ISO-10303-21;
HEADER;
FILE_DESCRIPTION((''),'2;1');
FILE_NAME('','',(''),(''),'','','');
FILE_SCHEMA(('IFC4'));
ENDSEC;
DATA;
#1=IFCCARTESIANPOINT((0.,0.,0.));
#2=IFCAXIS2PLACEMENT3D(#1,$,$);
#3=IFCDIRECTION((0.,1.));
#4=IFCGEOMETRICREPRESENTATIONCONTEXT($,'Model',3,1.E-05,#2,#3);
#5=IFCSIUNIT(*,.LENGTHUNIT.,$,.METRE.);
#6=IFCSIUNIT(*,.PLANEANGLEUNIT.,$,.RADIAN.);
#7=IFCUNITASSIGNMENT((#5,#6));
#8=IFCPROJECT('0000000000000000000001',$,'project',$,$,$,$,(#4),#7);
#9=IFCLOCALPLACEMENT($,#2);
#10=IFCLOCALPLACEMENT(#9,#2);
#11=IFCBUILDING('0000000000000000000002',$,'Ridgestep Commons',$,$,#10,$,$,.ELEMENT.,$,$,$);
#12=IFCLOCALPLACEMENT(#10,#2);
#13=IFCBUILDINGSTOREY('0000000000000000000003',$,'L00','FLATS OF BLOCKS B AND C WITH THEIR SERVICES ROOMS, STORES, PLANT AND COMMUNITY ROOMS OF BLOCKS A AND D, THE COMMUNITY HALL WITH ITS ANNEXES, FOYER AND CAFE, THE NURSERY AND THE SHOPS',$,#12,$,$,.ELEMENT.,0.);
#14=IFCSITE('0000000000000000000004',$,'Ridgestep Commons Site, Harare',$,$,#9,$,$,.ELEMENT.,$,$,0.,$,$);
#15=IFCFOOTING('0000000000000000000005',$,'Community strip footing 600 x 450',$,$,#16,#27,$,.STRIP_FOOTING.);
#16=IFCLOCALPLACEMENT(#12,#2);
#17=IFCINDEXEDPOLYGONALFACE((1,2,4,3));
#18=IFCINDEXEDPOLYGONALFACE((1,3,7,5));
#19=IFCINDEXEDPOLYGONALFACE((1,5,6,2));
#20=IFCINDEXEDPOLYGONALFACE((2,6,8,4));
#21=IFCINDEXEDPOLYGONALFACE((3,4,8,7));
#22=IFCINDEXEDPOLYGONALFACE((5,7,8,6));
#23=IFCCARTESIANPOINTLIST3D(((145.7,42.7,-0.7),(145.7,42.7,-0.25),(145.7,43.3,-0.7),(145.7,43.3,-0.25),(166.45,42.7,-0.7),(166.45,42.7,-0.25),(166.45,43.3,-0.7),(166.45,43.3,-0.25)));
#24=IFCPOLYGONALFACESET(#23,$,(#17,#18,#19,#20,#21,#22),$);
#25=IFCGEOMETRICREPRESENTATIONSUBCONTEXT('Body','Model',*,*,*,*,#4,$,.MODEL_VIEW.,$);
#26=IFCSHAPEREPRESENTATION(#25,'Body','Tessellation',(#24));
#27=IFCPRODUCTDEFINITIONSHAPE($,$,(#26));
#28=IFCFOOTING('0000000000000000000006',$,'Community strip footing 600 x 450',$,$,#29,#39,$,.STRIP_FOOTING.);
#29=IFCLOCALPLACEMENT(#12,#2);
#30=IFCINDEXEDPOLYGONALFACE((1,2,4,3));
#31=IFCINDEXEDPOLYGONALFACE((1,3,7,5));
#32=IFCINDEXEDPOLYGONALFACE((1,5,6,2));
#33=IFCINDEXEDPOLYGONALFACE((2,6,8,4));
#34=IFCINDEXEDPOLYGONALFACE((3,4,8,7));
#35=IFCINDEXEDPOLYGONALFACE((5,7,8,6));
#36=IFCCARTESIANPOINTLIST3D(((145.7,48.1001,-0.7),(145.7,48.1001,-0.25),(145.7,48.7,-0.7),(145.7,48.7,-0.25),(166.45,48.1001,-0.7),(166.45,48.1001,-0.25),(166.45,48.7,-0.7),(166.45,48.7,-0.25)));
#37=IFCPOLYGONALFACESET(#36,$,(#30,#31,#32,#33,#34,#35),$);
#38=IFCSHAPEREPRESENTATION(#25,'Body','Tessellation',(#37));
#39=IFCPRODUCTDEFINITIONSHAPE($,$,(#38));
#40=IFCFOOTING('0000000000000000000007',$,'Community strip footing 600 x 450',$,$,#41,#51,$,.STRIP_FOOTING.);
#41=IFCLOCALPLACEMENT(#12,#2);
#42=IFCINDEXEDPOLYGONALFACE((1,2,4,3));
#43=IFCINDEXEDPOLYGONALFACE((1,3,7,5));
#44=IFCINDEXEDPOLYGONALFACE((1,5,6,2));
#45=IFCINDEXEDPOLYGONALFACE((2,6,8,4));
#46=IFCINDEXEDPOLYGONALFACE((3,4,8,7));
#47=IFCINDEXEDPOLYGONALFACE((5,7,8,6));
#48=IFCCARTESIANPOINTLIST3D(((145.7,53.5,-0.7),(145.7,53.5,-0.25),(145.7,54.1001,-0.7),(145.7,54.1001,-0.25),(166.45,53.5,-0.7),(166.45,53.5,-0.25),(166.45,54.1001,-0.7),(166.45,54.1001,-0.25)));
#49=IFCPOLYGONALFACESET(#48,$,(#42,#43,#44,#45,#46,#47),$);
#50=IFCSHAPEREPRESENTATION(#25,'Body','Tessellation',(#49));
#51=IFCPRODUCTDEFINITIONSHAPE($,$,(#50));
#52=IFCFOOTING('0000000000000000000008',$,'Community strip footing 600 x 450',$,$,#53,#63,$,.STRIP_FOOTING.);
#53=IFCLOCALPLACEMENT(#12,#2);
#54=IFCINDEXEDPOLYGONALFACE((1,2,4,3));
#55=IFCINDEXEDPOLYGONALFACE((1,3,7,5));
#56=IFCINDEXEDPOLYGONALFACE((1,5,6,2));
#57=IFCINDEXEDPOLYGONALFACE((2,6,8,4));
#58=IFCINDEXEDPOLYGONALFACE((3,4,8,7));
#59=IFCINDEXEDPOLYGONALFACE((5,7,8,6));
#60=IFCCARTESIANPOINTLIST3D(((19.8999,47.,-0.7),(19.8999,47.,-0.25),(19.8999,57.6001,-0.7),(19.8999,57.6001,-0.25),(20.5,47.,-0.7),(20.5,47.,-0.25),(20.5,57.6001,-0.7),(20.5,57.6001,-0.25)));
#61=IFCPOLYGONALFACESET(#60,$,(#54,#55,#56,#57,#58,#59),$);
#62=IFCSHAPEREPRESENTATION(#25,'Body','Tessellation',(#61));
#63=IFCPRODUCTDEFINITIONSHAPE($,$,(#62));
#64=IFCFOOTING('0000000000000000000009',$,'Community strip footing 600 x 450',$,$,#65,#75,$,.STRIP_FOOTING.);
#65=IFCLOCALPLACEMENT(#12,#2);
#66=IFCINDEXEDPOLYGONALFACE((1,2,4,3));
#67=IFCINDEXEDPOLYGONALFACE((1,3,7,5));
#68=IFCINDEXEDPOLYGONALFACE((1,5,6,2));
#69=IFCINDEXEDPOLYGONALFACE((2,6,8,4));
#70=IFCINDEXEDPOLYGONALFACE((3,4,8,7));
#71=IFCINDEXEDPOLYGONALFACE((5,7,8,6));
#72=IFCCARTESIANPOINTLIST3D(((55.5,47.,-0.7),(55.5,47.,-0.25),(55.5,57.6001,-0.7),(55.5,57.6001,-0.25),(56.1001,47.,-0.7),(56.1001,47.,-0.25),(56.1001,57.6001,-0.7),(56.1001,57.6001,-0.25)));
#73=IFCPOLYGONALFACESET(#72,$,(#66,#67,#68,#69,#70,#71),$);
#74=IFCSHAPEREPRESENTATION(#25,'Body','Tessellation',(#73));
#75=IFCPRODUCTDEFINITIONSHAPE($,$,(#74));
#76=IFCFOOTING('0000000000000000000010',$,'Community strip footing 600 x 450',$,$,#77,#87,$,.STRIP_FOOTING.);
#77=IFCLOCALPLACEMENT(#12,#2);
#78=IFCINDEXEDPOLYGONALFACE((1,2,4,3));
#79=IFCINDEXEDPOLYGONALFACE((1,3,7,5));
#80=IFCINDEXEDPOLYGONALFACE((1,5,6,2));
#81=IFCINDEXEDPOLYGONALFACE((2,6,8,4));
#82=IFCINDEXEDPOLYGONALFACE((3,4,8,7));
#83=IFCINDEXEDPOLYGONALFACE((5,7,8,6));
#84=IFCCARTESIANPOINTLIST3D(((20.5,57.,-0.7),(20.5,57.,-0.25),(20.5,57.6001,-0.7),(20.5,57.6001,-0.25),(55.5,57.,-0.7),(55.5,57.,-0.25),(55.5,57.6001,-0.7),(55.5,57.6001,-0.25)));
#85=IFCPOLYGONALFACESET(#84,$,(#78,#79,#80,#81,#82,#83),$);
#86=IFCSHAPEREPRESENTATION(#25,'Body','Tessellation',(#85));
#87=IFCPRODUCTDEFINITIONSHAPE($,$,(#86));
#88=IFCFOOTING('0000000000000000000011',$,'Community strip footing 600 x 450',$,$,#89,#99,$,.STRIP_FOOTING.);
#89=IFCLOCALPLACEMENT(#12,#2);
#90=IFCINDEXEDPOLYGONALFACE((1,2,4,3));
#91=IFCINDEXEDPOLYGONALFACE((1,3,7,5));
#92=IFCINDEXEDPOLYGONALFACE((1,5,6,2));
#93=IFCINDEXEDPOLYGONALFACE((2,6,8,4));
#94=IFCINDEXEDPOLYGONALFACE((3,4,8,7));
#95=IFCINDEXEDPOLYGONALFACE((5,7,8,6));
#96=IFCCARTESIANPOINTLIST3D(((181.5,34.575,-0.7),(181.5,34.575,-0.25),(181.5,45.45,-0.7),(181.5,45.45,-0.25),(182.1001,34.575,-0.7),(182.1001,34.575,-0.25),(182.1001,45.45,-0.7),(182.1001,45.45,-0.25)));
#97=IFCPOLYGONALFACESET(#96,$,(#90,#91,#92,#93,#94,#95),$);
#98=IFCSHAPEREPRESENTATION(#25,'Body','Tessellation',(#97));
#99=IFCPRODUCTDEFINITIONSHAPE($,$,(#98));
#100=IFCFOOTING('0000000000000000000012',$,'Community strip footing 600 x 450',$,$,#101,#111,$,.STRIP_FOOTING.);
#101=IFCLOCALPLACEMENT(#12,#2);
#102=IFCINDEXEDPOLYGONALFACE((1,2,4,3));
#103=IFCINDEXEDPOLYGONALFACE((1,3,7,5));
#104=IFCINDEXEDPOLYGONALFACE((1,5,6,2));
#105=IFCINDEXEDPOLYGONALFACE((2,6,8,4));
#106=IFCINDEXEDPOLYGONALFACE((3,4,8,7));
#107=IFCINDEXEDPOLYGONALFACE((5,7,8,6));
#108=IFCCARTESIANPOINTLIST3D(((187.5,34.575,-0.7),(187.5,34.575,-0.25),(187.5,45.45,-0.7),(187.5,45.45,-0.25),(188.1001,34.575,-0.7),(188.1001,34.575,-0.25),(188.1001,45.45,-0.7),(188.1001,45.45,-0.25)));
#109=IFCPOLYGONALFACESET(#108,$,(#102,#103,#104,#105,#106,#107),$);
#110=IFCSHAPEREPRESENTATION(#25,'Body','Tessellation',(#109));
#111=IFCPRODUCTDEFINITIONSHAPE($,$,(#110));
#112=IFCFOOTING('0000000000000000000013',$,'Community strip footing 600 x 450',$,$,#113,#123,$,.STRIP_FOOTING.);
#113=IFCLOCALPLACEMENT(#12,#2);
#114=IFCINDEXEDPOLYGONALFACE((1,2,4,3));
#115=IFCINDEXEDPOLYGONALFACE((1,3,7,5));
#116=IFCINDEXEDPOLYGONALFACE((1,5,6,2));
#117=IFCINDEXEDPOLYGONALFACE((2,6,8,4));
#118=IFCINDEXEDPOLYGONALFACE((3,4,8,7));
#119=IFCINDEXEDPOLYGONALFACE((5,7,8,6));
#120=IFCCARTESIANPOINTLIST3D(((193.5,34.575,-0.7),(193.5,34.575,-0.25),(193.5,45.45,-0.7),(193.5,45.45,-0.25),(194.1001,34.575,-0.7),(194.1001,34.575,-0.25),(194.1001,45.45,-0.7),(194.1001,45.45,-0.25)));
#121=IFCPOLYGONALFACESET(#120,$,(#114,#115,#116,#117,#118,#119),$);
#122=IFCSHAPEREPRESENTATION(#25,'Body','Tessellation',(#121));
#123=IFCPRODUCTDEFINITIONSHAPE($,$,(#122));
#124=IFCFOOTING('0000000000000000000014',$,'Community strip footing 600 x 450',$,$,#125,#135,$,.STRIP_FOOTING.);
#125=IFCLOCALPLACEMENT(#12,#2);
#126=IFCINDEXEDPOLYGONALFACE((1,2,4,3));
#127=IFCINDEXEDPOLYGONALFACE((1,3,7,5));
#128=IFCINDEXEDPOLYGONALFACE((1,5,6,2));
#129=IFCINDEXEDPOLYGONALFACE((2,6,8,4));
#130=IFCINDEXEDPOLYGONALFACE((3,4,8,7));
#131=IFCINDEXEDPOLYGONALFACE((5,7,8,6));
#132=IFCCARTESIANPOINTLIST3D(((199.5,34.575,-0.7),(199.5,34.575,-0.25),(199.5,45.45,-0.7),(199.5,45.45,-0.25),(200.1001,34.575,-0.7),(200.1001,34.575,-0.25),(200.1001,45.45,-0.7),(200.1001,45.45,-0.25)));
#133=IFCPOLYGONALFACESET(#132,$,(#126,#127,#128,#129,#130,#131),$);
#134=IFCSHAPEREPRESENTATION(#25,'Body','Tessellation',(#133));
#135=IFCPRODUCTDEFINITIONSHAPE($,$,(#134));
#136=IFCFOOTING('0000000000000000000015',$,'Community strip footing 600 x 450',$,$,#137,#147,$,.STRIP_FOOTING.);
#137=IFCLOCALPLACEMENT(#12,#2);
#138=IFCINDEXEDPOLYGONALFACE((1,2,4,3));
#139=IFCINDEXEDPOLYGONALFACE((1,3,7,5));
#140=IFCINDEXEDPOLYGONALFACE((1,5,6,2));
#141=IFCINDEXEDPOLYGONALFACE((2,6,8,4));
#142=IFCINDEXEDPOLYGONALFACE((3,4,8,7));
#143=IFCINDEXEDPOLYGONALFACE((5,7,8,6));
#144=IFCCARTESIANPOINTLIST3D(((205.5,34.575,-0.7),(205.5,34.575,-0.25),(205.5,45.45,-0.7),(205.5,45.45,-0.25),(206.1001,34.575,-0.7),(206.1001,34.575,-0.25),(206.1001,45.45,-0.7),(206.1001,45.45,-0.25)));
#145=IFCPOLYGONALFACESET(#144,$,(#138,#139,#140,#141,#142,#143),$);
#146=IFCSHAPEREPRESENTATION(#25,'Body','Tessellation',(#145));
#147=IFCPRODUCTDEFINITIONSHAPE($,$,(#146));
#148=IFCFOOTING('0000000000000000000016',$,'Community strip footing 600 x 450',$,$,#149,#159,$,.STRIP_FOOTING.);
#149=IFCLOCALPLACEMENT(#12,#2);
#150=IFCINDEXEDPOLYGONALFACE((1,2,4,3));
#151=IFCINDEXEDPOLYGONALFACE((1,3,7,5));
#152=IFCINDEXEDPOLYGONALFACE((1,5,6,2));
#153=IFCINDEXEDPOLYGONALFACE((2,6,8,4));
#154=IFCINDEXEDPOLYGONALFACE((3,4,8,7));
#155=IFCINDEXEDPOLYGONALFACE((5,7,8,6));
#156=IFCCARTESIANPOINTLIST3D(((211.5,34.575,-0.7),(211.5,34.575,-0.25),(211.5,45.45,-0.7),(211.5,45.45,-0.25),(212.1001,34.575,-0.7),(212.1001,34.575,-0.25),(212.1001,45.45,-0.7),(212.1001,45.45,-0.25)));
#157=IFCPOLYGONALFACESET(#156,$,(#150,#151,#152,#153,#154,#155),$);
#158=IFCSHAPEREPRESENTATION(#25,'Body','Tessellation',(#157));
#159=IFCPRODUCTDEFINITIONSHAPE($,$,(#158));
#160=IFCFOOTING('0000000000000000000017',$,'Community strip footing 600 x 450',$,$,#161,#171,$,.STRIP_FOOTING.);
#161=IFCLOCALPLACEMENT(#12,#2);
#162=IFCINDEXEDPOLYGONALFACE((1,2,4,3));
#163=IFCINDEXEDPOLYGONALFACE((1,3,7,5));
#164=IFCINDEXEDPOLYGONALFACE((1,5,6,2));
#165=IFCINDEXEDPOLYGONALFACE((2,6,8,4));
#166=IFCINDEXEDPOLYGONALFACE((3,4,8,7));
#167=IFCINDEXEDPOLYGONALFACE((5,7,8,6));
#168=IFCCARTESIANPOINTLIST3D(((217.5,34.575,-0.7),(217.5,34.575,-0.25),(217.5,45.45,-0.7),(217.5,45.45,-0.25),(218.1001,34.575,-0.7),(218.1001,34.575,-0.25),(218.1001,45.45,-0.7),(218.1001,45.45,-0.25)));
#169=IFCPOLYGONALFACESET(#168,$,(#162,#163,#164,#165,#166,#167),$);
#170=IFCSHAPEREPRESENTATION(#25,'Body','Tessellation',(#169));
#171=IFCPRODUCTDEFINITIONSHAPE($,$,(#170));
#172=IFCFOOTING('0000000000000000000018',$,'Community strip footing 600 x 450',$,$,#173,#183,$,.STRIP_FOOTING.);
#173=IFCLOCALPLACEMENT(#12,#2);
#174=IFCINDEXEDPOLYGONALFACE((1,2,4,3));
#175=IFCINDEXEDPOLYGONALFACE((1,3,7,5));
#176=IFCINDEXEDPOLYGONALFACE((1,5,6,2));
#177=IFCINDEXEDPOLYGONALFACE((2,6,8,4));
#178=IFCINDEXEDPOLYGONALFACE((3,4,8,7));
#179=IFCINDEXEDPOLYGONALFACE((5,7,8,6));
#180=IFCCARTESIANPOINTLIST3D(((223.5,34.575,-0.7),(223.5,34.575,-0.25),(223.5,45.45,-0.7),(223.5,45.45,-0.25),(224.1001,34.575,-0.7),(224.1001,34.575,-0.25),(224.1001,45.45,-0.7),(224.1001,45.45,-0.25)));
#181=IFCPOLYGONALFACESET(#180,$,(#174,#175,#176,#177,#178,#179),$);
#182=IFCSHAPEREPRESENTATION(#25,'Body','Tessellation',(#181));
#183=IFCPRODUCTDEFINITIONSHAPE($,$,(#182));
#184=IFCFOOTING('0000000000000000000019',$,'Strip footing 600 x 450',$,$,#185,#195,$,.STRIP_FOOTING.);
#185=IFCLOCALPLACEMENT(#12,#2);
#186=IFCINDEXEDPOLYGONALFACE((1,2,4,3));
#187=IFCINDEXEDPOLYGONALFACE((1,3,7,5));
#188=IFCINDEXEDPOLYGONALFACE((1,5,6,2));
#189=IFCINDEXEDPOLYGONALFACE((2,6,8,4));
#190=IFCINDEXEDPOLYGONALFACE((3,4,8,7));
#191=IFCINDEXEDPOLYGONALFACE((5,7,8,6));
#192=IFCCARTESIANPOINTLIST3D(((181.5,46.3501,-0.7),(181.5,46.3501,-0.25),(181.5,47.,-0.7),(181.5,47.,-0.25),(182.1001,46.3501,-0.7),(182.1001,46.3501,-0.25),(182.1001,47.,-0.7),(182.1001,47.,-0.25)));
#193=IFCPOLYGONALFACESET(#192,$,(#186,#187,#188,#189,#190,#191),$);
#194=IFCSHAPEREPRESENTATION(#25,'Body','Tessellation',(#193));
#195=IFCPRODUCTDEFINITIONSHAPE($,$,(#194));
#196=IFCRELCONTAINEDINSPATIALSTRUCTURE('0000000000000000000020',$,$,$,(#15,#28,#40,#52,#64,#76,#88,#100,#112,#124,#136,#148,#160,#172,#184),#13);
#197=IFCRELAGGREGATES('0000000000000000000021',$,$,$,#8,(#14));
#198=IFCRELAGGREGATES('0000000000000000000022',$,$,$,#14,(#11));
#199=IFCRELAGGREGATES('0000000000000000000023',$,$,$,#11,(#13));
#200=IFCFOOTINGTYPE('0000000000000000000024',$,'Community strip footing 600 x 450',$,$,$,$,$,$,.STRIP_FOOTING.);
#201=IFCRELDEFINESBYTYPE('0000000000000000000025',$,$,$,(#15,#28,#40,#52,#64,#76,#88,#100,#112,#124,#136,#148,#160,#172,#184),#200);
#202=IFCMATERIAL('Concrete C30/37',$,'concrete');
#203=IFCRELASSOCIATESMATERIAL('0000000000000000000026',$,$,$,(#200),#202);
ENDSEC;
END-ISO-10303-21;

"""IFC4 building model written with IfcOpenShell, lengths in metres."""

from ifc_helpers import new_model, si_unit, direction, frame, origin, place, context, subcontext, project, spatial, polyline, outline, extrude, material, type_object, element, save


model = new_model("IFC4")

# Units and contexts
model_context = context("Model", 3, precision=1e-05, world=origin(), true_north=direction((0.0, 1.0)))
body_context = subcontext(model_context, "Body", "Model", "MODEL_VIEW")
ifc_project = project(units=[si_unit("LENGTHUNIT", "METRE"), si_unit("PLANEANGLEUNIT", "RADIAN")], contexts=[model_context])

# Site, building, storey
site_placement = place(None, origin())
site = spatial("IfcSite", under=ifc_project, at=site_placement, Name="Ridgestep Commons Site, Harare", CompositionType="ELEMENT", RefElevation=0.0)
building_placement = place(site_placement, origin())
building = spatial("IfcBuilding", under=site, at=building_placement, Name="Ridgestep Commons", CompositionType="ELEMENT")
storey_placement = place(building_placement, origin())
storey = spatial("IfcBuildingStorey", under=building, at=storey_placement, Name="L00", Description="FLATS OF BLOCKS B AND C WITH THEIR SERVICES ROOMS, STORES, PLANT AND COMMUNITY ROOMS OF BLOCKS A AND D, THE COMMUNITY HALL WITH ITS ANNEXES, FOYER AND CAFE, THE NURSERY AND THE SHOPS", CompositionType="ELEMENT", Elevation=0.0)

# Footings
ifc_material_1 = material(Name="Concrete C30/37", Category="concrete")
footing_type_1 = type_object("IfcFootingType", Name="Community strip footing 600 x 450", PredefinedType="STRIP_FOOTING", material=ifc_material_1)
footing_1_placement = place(storey_placement, frame((0.0, 0.0, -0.7)))
element("IfcFooting", 1, at=footing_1_placement, inside=storey, type_object=footing_type_1, Name="Community strip footing 600 x 450", PredefinedType="STRIP_FOOTING", context=body_context, shape_type="SweptSolid", body=[
    extrude(outline(polyline([(145.7, 42.7), (166.45, 42.7), (166.45, 43.3), (145.7, 43.3), (145.7, 42.7)])), origin(), (0.0, 0.0, 1.0), 0.45),
])
footing_2_placement = place(storey_placement, frame((0.0, 0.0, -0.7)))
element("IfcFooting", 2, at=footing_2_placement, inside=storey, type_object=footing_type_1, Name="Community strip footing 600 x 450", PredefinedType="STRIP_FOOTING", context=body_context, shape_type="SweptSolid", body=[
    extrude(outline(polyline([(145.7, 48.1001), (166.45, 48.1001), (166.45, 48.7), (145.7, 48.7), (145.7, 48.1001)])), origin(), (0.0, 0.0, 1.0), 0.45),
])
footing_3_placement = place(storey_placement, frame((0.0, 0.0, -0.7)))
element("IfcFooting", 3, at=footing_3_placement, inside=storey, type_object=footing_type_1, Name="Community strip footing 600 x 450", PredefinedType="STRIP_FOOTING", context=body_context, shape_type="SweptSolid", body=[
    extrude(outline(polyline([(145.7, 53.5), (166.45, 53.5), (166.45, 54.1001), (145.7, 54.1001), (145.7, 53.5)])), origin(), (0.0, 0.0, 1.0), 0.45),
])
footing_4_placement = place(storey_placement, frame((0.0, 0.0, -0.7)))
element("IfcFooting", 4, at=footing_4_placement, inside=storey, type_object=footing_type_1, Name="Community strip footing 600 x 450", PredefinedType="STRIP_FOOTING", context=body_context, shape_type="SweptSolid", body=[
    extrude(outline(polyline([(19.8999, 47.0), (20.5, 47.0), (20.5, 57.6001), (19.8999, 57.6001), (19.8999, 47.0)])), origin(), (0.0, 0.0, 1.0), 0.45),
])
footing_5_placement = place(storey_placement, frame((0.0, 0.0, -0.7)))
element("IfcFooting", 5, at=footing_5_placement, inside=storey, type_object=footing_type_1, Name="Community strip footing 600 x 450", PredefinedType="STRIP_FOOTING", context=body_context, shape_type="SweptSolid", body=[
    extrude(outline(polyline([(55.5, 47.0), (56.1001, 47.0), (56.1001, 57.6001), (55.5, 57.6001), (55.5, 47.0)])), origin(), (0.0, 0.0, 1.0), 0.45),
])
footing_6_placement = place(storey_placement, frame((0.0, 0.0, -0.7)))
element("IfcFooting", 6, at=footing_6_placement, inside=storey, type_object=footing_type_1, Name="Community strip footing 600 x 450", PredefinedType="STRIP_FOOTING", context=body_context, shape_type="SweptSolid", body=[
    extrude(outline(polyline([(20.5, 57.0), (55.5, 57.0), (55.5, 57.6001), (20.5, 57.6001), (20.5, 57.0)])), origin(), (0.0, 0.0, 1.0), 0.45),
])
footing_7_placement = place(storey_placement, frame((0.0, 0.0, -0.7)))
element("IfcFooting", 7, at=footing_7_placement, inside=storey, type_object=footing_type_1, Name="Community strip footing 600 x 450", PredefinedType="STRIP_FOOTING", context=body_context, shape_type="SweptSolid", body=[
    extrude(outline(polyline([(181.5, 34.575), (182.1001, 34.575), (182.1001, 45.45), (181.5, 45.45), (181.5, 34.575)])), origin(), (0.0, 0.0, 1.0), 0.45),
])
footing_8_placement = place(storey_placement, frame((0.0, 0.0, -0.7)))
element("IfcFooting", 8, at=footing_8_placement, inside=storey, type_object=footing_type_1, Name="Community strip footing 600 x 450", PredefinedType="STRIP_FOOTING", context=body_context, shape_type="SweptSolid", body=[
    extrude(outline(polyline([(187.5, 34.575), (188.1001, 34.575), (188.1001, 45.45), (187.5, 45.45), (187.5, 34.575)])), origin(), (0.0, 0.0, 1.0), 0.45),
])
footing_9_placement = place(storey_placement, frame((0.0, 0.0, -0.7)))
element("IfcFooting", 9, at=footing_9_placement, inside=storey, type_object=footing_type_1, Name="Community strip footing 600 x 450", PredefinedType="STRIP_FOOTING", context=body_context, shape_type="SweptSolid", body=[
    extrude(outline(polyline([(193.5, 34.575), (194.1001, 34.575), (194.1001, 45.45), (193.5, 45.45), (193.5, 34.575)])), origin(), (0.0, 0.0, 1.0), 0.45),
])
footing_10_placement = place(storey_placement, frame((0.0, 0.0, -0.7)))
element("IfcFooting", 10, at=footing_10_placement, inside=storey, type_object=footing_type_1, Name="Community strip footing 600 x 450", PredefinedType="STRIP_FOOTING", context=body_context, shape_type="SweptSolid", body=[
    extrude(outline(polyline([(199.5, 34.575), (200.1001, 34.575), (200.1001, 45.45), (199.5, 45.45), (199.5, 34.575)])), origin(), (0.0, 0.0, 1.0), 0.45),
])
footing_11_placement = place(storey_placement, frame((0.0, 0.0, -0.7)))
element("IfcFooting", 11, at=footing_11_placement, inside=storey, type_object=footing_type_1, Name="Community strip footing 600 x 450", PredefinedType="STRIP_FOOTING", context=body_context, shape_type="SweptSolid", body=[
    extrude(outline(polyline([(205.5, 34.575), (206.1001, 34.575), (206.1001, 45.45), (205.5, 45.45), (205.5, 34.575)])), origin(), (0.0, 0.0, 1.0), 0.45),
])
footing_12_placement = place(storey_placement, frame((0.0, 0.0, -0.7)))
element("IfcFooting", 12, at=footing_12_placement, inside=storey, type_object=footing_type_1, Name="Community strip footing 600 x 450", PredefinedType="STRIP_FOOTING", context=body_context, shape_type="SweptSolid", body=[
    extrude(outline(polyline([(211.5, 34.575), (212.1001, 34.575), (212.1001, 45.45), (211.5, 45.45), (211.5, 34.575)])), origin(), (0.0, 0.0, 1.0), 0.45),
])
footing_13_placement = place(storey_placement, frame((0.0, 0.0, -0.7)))
element("IfcFooting", 13, at=footing_13_placement, inside=storey, type_object=footing_type_1, Name="Community strip footing 600 x 450", PredefinedType="STRIP_FOOTING", context=body_context, shape_type="SweptSolid", body=[
    extrude(outline(polyline([(217.5, 34.575), (218.1001, 34.575), (218.1001, 45.45), (217.5, 45.45), (217.5, 34.575)])), origin(), (0.0, 0.0, 1.0), 0.45),
])
footing_14_placement = place(storey_placement, frame((0.0, 0.0, -0.7)))
element("IfcFooting", 14, at=footing_14_placement, inside=storey, type_object=footing_type_1, Name="Community strip footing 600 x 450", PredefinedType="STRIP_FOOTING", context=body_context, shape_type="SweptSolid", body=[
    extrude(outline(polyline([(223.5, 34.575), (224.1001, 34.575), (224.1001, 45.45), (223.5, 45.45), (223.5, 34.575)])), origin(), (0.0, 0.0, 1.0), 0.45),
])
footing_15_placement = place(storey_placement, frame((0.0, 0.0, -0.7)))
element("IfcFooting", 15, at=footing_15_placement, inside=storey, type_object=footing_type_1, Name="Strip footing 600 x 450", PredefinedType="STRIP_FOOTING", context=body_context, shape_type="SweptSolid", body=[
    extrude(outline(polyline([(181.5, 46.3501), (182.1001, 46.3501), (182.1001, 47.0), (181.5, 47.0), (181.5, 46.3501)])), origin(), (0.0, 0.0, 1.0), 0.45),
])

save(model, "model.ifc")
